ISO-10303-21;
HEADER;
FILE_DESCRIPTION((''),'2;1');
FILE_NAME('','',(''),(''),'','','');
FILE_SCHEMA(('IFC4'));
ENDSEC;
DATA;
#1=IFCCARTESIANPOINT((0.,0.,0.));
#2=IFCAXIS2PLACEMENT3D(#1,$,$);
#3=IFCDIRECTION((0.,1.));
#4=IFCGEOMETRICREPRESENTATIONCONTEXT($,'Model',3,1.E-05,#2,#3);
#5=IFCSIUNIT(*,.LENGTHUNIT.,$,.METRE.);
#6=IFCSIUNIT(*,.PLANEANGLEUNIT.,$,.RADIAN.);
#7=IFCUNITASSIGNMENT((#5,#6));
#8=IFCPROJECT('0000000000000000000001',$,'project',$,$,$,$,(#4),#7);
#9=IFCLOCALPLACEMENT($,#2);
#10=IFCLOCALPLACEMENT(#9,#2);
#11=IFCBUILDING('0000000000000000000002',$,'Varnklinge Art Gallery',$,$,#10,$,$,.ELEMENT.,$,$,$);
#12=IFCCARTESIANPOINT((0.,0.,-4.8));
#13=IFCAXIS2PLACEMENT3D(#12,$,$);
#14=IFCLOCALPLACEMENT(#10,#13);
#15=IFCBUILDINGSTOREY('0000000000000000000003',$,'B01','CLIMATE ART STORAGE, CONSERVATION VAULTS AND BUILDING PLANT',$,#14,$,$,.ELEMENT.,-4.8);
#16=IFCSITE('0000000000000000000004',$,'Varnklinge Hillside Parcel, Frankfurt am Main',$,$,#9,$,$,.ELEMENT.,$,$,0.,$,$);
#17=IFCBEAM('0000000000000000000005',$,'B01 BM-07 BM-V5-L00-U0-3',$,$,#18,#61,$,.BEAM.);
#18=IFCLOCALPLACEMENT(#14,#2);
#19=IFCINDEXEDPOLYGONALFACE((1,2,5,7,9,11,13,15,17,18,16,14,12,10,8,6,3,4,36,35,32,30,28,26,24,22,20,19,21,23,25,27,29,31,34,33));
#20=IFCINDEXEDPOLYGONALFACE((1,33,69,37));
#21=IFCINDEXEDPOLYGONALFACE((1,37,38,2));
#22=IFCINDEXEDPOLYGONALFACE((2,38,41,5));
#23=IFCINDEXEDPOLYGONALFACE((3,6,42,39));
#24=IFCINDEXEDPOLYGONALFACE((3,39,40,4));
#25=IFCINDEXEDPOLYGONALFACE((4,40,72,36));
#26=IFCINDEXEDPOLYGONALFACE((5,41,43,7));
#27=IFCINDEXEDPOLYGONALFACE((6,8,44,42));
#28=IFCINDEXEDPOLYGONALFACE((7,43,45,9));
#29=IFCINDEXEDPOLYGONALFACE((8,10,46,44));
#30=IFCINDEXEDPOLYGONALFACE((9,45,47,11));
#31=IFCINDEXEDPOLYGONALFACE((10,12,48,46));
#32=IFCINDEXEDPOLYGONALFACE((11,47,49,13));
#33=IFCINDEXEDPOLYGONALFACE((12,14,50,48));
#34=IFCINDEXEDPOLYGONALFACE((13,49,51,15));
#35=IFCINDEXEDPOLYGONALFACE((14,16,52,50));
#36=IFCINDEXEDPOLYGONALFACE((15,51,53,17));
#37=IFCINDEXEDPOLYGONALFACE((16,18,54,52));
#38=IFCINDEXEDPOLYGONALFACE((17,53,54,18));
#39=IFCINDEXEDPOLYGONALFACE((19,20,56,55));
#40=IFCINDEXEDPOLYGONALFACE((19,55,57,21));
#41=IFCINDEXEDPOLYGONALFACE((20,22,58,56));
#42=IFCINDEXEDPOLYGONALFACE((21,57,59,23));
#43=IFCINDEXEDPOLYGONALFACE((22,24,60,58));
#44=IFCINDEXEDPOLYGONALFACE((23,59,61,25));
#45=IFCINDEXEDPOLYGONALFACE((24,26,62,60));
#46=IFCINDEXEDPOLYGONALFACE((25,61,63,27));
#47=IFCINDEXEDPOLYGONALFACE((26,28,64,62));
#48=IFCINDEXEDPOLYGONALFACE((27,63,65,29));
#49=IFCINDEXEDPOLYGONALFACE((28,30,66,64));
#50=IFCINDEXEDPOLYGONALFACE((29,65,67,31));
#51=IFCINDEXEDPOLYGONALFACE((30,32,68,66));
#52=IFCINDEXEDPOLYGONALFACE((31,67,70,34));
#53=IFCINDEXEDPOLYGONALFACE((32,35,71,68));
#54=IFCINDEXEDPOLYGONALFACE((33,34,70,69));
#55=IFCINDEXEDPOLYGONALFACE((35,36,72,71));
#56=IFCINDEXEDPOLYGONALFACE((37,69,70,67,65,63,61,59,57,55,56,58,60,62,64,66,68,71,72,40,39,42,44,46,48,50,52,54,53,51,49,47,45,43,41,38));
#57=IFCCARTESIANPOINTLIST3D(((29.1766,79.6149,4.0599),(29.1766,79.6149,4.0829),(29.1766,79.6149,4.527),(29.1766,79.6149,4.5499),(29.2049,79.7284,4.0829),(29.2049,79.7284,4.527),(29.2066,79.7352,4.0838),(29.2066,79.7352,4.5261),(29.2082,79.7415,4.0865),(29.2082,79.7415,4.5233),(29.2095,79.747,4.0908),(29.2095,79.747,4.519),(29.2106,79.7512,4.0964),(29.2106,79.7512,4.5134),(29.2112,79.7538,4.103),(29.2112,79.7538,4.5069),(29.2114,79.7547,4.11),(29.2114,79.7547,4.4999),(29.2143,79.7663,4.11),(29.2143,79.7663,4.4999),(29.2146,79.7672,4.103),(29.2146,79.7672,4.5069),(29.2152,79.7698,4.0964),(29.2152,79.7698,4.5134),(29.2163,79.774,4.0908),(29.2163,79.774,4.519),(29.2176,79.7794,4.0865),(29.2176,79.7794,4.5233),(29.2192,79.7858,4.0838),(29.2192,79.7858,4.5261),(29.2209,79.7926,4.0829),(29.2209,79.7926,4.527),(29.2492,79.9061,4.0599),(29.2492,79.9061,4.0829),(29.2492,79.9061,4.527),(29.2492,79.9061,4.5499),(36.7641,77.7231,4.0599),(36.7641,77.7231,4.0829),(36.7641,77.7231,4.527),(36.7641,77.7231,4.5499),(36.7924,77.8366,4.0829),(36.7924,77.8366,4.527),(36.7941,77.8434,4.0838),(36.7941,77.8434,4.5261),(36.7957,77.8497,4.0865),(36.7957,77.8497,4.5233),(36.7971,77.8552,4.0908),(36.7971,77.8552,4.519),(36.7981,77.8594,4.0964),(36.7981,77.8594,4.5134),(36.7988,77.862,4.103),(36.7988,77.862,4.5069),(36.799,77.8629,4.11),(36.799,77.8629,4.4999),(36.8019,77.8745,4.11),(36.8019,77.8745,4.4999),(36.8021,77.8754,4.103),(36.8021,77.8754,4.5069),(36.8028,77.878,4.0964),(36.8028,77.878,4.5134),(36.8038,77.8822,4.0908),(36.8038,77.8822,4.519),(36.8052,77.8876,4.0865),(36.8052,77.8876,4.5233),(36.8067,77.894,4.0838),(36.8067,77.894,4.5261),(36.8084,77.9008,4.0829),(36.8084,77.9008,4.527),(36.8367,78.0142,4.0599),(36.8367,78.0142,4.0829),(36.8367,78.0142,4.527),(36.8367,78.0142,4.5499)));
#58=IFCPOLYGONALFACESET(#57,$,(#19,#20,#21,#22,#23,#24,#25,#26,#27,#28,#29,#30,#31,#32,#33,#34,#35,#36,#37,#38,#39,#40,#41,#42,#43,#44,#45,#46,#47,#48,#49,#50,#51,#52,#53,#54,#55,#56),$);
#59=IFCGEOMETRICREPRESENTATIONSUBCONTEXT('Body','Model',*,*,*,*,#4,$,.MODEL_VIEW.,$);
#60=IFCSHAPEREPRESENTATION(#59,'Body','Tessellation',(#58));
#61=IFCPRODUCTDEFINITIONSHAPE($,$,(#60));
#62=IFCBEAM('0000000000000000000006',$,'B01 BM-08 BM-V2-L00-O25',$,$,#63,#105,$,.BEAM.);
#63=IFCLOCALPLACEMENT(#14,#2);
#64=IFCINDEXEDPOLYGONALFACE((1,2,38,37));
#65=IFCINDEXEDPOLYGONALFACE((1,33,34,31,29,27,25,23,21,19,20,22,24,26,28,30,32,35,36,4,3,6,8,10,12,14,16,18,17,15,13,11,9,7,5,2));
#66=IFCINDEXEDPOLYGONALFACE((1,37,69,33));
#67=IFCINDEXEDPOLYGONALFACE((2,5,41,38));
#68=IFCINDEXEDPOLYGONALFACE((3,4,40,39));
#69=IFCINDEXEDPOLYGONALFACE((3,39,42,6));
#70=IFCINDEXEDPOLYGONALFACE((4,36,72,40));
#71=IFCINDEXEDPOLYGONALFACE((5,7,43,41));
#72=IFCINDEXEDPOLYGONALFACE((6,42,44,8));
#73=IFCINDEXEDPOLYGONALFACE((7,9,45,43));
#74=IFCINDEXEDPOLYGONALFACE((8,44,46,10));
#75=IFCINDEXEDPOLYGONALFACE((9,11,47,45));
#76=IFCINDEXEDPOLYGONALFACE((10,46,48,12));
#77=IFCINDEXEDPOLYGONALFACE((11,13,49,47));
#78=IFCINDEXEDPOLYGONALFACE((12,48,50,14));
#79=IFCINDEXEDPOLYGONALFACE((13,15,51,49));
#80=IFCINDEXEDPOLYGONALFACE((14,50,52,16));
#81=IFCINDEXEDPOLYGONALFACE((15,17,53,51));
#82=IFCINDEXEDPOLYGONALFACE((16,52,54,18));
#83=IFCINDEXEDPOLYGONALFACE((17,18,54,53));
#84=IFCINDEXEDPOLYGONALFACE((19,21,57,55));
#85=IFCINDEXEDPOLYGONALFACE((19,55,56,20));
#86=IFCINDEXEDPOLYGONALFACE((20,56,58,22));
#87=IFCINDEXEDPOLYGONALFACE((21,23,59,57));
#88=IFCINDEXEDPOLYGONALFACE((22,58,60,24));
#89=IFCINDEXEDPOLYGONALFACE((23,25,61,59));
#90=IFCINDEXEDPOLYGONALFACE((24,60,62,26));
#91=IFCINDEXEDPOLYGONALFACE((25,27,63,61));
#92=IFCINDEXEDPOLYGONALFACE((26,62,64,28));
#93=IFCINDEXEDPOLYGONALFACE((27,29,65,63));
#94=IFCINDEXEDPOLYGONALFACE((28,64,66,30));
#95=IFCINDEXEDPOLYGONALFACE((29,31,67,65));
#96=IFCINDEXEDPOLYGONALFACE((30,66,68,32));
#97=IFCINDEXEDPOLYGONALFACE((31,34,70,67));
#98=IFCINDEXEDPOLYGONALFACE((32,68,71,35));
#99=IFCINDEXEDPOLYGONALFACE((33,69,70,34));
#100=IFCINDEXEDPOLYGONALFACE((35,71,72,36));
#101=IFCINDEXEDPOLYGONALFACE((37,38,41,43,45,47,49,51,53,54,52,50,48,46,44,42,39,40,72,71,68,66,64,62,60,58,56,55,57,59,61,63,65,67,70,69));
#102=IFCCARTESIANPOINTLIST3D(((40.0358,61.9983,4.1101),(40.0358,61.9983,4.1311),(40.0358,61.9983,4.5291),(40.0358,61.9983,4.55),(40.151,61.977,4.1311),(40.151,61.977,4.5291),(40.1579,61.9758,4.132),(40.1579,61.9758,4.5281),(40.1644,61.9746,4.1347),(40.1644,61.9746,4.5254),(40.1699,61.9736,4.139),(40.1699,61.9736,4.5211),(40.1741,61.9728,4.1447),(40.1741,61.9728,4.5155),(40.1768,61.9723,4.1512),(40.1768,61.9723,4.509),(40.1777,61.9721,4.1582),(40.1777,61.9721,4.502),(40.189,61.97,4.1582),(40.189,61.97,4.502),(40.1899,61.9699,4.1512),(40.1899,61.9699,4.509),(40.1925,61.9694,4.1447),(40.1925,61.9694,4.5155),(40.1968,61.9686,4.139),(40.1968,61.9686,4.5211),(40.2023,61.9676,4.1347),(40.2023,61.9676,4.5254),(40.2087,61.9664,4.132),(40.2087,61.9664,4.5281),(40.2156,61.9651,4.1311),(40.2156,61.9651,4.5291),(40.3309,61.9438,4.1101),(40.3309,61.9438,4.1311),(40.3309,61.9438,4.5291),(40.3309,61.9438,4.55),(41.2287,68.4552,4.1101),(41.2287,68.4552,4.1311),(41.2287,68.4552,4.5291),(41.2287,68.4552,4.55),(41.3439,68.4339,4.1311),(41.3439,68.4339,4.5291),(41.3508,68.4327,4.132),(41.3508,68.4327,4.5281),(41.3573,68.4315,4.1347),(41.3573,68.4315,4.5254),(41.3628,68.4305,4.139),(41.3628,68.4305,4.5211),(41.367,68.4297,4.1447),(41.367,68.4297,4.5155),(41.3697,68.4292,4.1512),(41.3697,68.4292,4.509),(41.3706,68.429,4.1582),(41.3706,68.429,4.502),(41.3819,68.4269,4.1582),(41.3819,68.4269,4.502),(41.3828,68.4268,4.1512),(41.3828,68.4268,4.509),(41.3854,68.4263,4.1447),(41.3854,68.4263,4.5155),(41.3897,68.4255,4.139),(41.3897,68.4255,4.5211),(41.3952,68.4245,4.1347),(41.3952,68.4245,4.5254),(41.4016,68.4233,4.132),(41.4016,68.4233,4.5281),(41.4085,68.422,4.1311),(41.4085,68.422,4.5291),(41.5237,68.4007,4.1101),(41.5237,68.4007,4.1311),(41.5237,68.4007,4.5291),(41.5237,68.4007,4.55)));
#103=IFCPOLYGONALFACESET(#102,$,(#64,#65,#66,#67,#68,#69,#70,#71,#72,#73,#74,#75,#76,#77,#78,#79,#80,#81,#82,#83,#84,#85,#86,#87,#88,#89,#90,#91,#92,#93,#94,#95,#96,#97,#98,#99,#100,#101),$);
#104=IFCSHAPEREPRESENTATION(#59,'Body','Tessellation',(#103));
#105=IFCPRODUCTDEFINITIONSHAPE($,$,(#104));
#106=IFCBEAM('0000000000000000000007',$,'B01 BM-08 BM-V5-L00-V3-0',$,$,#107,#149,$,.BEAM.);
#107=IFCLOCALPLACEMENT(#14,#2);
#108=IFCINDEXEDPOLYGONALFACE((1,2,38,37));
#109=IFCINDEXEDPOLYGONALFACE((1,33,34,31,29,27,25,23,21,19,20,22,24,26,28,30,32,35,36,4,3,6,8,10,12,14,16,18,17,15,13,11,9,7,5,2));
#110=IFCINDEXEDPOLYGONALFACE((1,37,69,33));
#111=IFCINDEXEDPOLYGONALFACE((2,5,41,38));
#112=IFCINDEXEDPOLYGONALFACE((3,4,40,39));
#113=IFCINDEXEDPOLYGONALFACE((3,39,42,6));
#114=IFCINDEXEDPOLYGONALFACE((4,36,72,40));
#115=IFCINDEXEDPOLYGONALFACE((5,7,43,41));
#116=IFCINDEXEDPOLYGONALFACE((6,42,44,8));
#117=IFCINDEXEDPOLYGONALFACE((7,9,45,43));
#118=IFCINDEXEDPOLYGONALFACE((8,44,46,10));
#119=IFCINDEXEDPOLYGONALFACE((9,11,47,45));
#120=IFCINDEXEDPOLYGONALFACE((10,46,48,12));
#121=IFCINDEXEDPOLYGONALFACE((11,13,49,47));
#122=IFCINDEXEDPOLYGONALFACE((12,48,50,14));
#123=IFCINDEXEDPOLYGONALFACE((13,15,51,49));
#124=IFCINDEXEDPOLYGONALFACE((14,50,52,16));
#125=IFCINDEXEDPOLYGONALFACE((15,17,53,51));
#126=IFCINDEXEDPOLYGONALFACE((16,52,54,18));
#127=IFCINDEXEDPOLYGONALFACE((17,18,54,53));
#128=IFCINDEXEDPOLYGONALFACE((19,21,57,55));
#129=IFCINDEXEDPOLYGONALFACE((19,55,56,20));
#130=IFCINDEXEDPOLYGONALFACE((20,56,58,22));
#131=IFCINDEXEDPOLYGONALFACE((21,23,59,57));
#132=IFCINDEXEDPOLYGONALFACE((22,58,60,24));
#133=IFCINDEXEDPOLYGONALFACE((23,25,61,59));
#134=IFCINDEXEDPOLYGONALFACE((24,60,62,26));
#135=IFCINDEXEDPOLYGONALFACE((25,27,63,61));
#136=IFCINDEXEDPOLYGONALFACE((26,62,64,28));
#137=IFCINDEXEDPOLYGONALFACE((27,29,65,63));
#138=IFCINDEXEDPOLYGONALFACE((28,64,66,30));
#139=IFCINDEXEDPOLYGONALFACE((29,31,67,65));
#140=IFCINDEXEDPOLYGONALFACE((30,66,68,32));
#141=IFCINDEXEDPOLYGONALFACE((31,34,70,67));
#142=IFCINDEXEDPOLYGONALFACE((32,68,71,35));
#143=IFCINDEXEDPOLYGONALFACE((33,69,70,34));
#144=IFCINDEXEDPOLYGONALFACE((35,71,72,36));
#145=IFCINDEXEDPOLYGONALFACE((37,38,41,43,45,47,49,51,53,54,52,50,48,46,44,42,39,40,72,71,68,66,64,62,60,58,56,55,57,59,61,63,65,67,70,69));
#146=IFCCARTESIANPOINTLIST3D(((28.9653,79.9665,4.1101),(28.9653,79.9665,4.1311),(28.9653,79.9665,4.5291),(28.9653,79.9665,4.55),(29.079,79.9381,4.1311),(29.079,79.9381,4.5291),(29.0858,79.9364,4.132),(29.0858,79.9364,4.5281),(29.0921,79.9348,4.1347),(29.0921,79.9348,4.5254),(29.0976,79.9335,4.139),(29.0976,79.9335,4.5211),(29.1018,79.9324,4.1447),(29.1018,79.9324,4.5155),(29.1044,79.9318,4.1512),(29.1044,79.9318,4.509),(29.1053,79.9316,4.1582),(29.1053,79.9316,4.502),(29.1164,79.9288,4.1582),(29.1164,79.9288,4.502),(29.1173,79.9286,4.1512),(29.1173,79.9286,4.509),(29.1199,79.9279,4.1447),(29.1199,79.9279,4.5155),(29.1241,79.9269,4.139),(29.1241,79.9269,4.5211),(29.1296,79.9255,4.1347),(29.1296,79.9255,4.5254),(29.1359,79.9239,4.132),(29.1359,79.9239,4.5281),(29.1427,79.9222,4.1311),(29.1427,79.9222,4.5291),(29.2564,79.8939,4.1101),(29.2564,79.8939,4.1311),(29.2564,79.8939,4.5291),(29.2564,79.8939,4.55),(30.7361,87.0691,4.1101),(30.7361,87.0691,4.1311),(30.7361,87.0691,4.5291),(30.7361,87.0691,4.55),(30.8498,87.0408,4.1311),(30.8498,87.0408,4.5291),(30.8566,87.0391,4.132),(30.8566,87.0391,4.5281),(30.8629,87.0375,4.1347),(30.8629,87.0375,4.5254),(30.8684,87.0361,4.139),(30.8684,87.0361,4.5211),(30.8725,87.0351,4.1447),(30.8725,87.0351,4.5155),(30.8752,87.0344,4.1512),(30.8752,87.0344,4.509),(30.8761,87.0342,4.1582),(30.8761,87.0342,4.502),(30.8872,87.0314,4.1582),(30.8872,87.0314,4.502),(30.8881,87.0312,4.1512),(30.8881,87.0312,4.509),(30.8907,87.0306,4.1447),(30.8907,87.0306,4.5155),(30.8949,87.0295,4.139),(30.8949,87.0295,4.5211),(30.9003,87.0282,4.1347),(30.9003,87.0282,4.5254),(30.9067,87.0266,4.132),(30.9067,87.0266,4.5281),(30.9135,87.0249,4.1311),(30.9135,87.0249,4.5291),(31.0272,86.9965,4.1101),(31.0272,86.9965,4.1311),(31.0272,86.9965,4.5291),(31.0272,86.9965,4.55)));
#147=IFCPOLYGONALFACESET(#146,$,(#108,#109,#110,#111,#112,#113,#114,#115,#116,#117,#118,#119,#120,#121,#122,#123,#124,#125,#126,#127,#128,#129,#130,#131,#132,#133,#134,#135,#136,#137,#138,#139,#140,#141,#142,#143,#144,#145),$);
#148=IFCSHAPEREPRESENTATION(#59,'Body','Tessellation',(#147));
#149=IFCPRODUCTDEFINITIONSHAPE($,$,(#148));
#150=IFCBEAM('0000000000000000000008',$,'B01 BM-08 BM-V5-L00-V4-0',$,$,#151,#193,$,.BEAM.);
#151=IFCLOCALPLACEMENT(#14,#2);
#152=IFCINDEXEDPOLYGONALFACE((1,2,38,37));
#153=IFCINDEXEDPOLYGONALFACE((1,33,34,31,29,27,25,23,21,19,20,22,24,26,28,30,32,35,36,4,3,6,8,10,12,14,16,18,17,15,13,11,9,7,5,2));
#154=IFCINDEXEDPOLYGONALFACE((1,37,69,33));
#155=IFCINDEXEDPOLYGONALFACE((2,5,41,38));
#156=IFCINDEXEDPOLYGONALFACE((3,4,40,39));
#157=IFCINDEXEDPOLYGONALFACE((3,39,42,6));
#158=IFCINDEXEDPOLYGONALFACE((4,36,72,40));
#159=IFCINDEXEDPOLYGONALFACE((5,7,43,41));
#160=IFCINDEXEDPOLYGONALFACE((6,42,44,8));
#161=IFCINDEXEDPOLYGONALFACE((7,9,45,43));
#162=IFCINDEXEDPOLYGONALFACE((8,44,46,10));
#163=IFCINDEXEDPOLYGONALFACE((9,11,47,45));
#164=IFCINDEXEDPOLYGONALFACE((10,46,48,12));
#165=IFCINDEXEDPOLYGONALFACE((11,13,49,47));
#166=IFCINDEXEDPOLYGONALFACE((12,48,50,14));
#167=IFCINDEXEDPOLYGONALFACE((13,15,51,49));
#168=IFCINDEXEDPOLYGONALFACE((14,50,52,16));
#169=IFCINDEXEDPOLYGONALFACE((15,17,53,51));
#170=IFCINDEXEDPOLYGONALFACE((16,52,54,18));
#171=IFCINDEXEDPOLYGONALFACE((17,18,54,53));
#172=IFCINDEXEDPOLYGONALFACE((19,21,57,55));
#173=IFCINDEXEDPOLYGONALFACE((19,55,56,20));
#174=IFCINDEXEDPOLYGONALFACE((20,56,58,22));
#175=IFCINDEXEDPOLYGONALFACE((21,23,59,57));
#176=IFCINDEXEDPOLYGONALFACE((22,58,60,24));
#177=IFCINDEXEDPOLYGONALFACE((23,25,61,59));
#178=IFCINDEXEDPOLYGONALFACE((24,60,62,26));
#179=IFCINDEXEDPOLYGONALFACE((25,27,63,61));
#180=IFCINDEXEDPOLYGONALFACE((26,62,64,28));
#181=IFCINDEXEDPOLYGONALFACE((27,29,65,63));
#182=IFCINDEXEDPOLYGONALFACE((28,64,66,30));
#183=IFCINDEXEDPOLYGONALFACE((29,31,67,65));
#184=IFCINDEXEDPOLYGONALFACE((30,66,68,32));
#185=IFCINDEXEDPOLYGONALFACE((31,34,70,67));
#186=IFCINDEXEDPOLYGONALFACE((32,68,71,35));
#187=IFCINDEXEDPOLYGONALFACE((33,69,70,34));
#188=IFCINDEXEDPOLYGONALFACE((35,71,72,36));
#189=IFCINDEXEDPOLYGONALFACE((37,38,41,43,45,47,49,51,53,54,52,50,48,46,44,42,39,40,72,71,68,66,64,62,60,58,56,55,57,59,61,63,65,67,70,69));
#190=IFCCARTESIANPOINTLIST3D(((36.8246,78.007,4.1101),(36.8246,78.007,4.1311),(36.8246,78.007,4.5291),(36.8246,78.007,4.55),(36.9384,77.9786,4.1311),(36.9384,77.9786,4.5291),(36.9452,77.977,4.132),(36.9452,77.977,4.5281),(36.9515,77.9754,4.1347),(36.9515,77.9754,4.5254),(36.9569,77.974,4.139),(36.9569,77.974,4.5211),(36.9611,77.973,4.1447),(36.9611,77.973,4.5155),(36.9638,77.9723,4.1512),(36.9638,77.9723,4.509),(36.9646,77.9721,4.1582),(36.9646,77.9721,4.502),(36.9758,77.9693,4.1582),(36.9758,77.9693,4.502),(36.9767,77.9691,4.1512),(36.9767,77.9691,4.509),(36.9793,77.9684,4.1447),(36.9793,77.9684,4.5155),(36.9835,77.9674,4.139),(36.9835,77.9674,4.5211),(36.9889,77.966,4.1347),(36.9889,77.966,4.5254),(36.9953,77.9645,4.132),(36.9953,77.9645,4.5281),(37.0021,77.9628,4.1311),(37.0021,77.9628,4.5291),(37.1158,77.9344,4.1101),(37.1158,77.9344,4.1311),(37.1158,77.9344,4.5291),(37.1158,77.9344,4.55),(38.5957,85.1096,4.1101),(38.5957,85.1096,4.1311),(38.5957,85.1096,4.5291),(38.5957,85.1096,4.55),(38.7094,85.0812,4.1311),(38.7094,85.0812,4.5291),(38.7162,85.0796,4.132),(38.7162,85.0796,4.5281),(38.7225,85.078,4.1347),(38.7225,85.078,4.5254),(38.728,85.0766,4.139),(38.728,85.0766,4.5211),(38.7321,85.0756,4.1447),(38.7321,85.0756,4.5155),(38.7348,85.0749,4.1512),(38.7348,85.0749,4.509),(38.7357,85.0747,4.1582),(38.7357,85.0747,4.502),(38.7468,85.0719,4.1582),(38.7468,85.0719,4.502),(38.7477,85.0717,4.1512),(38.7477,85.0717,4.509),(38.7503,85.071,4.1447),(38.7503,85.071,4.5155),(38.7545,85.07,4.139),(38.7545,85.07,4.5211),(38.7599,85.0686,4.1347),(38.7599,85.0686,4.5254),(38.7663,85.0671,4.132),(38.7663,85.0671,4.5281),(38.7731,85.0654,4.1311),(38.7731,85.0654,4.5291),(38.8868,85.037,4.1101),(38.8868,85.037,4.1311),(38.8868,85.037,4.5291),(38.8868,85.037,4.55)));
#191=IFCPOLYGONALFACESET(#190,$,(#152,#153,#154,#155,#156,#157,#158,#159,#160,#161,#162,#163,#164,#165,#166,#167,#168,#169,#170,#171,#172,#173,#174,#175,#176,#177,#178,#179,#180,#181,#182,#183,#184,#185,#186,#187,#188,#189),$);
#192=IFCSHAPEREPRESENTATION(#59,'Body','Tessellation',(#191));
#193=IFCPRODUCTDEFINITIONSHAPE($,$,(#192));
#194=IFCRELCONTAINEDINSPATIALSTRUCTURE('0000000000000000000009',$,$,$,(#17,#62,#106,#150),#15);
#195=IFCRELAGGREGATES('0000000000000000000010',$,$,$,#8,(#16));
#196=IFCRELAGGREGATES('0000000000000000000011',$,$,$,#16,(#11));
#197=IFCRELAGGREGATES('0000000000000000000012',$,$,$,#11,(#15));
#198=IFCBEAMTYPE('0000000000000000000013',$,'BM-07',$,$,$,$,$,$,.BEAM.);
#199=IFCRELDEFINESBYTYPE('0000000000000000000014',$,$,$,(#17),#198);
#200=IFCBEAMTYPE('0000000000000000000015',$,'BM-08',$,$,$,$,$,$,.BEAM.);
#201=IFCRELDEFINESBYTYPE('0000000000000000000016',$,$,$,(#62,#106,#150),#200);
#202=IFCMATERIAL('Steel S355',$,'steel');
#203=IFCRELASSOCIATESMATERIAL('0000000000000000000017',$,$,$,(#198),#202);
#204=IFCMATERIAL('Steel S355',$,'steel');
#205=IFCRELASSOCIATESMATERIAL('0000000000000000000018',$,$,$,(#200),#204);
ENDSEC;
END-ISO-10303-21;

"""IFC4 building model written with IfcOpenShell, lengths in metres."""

from ifc_helpers import new_model, si_unit, direction, frame, origin, origin_2d, place, context, subcontext, project, spatial, i_section, extrude, material, material_profile, profile_set, type_object, element, save


model = new_model("IFC4")

# Units and contexts
model_context = context("Model", 3, precision=1e-05, world=origin(), true_north=direction((0.0, 1.0)))
body_context = subcontext(model_context, "Body", "Model", "MODEL_VIEW")
ifc_project = project(units=[si_unit("LENGTHUNIT", "METRE"), si_unit("PLANEANGLEUNIT", "RADIAN")], contexts=[model_context])

# Site, building, storey
site_placement = place(None, origin())
site = spatial("IfcSite", under=ifc_project, at=site_placement, Name="Varnklinge Hillside Parcel, Frankfurt am Main", CompositionType="ELEMENT", RefElevation=0.0)
building_placement = place(site_placement, origin())
building = spatial("IfcBuilding", under=site, at=building_placement, Name="Varnklinge Art Gallery", CompositionType="ELEMENT")
storey_placement = place(building_placement, frame((0.0, 0.0, -4.8)))
storey = spatial("IfcBuildingStorey", under=building, at=storey_placement, Name="B01", Description="CLIMATE ART STORAGE, CONSERVATION VAULTS AND BUILDING PLANT", CompositionType="ELEMENT", Elevation=-4.8)

# Beams
ifc_material_1 = material(Name="Steel S355", Category="steel")
ifc_material_profile_1 = material_profile(ifc_material_1, i_section(OverallWidth=0.3, OverallDepth=0.49, WebThickness=0.012, FlangeThickness=0.0229, FilletRadius=0.0271, at=origin_2d()), Name="HEA 500")
ifc_profile_set_1 = profile_set([ifc_material_profile_1], Name="Steel S355")
beam_type_1 = type_object("IfcBeamType", Name="BM-07", PredefinedType="BEAM", material=ifc_profile_set_1)
beam_1_placement = place(storey_placement, frame((29.2129, 79.7605, 4.3049), z_axis=(0.970295, -0.241926, 0.0), x_axis=(0.241926, 0.970295, 0.0)))
element("IfcBeam", 1, at=beam_1_placement, inside=storey, type_object=beam_type_1, Name="B01 BM-07 BM-V5-L00-U0-3", PredefinedType="BEAM", context=body_context, shape_type="SweptSolid", body=[
    extrude(i_section(OverallWidth=0.3, OverallDepth=0.49, WebThickness=0.012, FlangeThickness=0.0229, FilletRadius=0.0271, at=origin_2d()), origin(), (0.0, 0.0, 1.0), 7.8198),
])
ifc_material_2 = material(Name="Steel S355", Category="steel")
ifc_material_profile_2 = material_profile(ifc_material_2, i_section(OverallWidth=0.3, OverallDepth=0.4399, WebThickness=0.0115, FlangeThickness=0.021, FilletRadius=0.0271, at=origin_2d()), Name="HEA 450")
ifc_profile_set_2 = profile_set([ifc_material_profile_2], Name="Steel S355")
beam_type_2 = type_object("IfcBeamType", Name="BM-08", PredefinedType="BEAM", material=ifc_profile_set_2)
beam_2_placement = place(storey_placement, frame((41.3762, 68.428, 4.3301), z_axis=(-0.181672, -0.983359, 0.0), x_axis=(0.983359, -0.181672, 0.0)))
element("IfcBeam", 2, at=beam_2_placement, inside=storey, type_object=beam_type_2, Name="B01 BM-08 BM-V2-L00-O25", PredefinedType="BEAM", context=body_context, shape_type="SweptSolid", body=[
    extrude(i_section(OverallWidth=0.3, OverallDepth=0.4399, WebThickness=0.0115, FlangeThickness=0.021, FilletRadius=0.0271, at=origin_2d()), origin(), (0.0, 0.0, 1.0), 6.5662),
])
for number, where, z_axis, x_axis, name in (
    (3, (29.1108, 79.9302, 4.3301), (0.241908, 0.970299, 0.0), (-0.970299, 0.241908, 0.0), "B01 BM-08 BM-V5-L00-V3-0"),
    (4, (36.9702, 77.9707, 4.3301), (0.241939, 0.970291, 0.0), (-0.970291, 0.241939, 0.0), "B01 BM-08 BM-V5-L00-V4-0"),
):
    element("IfcBeam", number, at=place(storey_placement, frame(where, z_axis=z_axis, x_axis=x_axis)), inside=storey, type_object=beam_type_2, Name=name, PredefinedType="BEAM", context=body_context, shape_type="SweptSolid", body=[
        extrude(i_section(OverallWidth=0.3, OverallDepth=0.4399, WebThickness=0.0115, FlangeThickness=0.021, FilletRadius=0.0271, at=origin_2d()), origin(), (0.0, 0.0, 1.0), 7.3201),
    ])

save(model, "model.ifc")
